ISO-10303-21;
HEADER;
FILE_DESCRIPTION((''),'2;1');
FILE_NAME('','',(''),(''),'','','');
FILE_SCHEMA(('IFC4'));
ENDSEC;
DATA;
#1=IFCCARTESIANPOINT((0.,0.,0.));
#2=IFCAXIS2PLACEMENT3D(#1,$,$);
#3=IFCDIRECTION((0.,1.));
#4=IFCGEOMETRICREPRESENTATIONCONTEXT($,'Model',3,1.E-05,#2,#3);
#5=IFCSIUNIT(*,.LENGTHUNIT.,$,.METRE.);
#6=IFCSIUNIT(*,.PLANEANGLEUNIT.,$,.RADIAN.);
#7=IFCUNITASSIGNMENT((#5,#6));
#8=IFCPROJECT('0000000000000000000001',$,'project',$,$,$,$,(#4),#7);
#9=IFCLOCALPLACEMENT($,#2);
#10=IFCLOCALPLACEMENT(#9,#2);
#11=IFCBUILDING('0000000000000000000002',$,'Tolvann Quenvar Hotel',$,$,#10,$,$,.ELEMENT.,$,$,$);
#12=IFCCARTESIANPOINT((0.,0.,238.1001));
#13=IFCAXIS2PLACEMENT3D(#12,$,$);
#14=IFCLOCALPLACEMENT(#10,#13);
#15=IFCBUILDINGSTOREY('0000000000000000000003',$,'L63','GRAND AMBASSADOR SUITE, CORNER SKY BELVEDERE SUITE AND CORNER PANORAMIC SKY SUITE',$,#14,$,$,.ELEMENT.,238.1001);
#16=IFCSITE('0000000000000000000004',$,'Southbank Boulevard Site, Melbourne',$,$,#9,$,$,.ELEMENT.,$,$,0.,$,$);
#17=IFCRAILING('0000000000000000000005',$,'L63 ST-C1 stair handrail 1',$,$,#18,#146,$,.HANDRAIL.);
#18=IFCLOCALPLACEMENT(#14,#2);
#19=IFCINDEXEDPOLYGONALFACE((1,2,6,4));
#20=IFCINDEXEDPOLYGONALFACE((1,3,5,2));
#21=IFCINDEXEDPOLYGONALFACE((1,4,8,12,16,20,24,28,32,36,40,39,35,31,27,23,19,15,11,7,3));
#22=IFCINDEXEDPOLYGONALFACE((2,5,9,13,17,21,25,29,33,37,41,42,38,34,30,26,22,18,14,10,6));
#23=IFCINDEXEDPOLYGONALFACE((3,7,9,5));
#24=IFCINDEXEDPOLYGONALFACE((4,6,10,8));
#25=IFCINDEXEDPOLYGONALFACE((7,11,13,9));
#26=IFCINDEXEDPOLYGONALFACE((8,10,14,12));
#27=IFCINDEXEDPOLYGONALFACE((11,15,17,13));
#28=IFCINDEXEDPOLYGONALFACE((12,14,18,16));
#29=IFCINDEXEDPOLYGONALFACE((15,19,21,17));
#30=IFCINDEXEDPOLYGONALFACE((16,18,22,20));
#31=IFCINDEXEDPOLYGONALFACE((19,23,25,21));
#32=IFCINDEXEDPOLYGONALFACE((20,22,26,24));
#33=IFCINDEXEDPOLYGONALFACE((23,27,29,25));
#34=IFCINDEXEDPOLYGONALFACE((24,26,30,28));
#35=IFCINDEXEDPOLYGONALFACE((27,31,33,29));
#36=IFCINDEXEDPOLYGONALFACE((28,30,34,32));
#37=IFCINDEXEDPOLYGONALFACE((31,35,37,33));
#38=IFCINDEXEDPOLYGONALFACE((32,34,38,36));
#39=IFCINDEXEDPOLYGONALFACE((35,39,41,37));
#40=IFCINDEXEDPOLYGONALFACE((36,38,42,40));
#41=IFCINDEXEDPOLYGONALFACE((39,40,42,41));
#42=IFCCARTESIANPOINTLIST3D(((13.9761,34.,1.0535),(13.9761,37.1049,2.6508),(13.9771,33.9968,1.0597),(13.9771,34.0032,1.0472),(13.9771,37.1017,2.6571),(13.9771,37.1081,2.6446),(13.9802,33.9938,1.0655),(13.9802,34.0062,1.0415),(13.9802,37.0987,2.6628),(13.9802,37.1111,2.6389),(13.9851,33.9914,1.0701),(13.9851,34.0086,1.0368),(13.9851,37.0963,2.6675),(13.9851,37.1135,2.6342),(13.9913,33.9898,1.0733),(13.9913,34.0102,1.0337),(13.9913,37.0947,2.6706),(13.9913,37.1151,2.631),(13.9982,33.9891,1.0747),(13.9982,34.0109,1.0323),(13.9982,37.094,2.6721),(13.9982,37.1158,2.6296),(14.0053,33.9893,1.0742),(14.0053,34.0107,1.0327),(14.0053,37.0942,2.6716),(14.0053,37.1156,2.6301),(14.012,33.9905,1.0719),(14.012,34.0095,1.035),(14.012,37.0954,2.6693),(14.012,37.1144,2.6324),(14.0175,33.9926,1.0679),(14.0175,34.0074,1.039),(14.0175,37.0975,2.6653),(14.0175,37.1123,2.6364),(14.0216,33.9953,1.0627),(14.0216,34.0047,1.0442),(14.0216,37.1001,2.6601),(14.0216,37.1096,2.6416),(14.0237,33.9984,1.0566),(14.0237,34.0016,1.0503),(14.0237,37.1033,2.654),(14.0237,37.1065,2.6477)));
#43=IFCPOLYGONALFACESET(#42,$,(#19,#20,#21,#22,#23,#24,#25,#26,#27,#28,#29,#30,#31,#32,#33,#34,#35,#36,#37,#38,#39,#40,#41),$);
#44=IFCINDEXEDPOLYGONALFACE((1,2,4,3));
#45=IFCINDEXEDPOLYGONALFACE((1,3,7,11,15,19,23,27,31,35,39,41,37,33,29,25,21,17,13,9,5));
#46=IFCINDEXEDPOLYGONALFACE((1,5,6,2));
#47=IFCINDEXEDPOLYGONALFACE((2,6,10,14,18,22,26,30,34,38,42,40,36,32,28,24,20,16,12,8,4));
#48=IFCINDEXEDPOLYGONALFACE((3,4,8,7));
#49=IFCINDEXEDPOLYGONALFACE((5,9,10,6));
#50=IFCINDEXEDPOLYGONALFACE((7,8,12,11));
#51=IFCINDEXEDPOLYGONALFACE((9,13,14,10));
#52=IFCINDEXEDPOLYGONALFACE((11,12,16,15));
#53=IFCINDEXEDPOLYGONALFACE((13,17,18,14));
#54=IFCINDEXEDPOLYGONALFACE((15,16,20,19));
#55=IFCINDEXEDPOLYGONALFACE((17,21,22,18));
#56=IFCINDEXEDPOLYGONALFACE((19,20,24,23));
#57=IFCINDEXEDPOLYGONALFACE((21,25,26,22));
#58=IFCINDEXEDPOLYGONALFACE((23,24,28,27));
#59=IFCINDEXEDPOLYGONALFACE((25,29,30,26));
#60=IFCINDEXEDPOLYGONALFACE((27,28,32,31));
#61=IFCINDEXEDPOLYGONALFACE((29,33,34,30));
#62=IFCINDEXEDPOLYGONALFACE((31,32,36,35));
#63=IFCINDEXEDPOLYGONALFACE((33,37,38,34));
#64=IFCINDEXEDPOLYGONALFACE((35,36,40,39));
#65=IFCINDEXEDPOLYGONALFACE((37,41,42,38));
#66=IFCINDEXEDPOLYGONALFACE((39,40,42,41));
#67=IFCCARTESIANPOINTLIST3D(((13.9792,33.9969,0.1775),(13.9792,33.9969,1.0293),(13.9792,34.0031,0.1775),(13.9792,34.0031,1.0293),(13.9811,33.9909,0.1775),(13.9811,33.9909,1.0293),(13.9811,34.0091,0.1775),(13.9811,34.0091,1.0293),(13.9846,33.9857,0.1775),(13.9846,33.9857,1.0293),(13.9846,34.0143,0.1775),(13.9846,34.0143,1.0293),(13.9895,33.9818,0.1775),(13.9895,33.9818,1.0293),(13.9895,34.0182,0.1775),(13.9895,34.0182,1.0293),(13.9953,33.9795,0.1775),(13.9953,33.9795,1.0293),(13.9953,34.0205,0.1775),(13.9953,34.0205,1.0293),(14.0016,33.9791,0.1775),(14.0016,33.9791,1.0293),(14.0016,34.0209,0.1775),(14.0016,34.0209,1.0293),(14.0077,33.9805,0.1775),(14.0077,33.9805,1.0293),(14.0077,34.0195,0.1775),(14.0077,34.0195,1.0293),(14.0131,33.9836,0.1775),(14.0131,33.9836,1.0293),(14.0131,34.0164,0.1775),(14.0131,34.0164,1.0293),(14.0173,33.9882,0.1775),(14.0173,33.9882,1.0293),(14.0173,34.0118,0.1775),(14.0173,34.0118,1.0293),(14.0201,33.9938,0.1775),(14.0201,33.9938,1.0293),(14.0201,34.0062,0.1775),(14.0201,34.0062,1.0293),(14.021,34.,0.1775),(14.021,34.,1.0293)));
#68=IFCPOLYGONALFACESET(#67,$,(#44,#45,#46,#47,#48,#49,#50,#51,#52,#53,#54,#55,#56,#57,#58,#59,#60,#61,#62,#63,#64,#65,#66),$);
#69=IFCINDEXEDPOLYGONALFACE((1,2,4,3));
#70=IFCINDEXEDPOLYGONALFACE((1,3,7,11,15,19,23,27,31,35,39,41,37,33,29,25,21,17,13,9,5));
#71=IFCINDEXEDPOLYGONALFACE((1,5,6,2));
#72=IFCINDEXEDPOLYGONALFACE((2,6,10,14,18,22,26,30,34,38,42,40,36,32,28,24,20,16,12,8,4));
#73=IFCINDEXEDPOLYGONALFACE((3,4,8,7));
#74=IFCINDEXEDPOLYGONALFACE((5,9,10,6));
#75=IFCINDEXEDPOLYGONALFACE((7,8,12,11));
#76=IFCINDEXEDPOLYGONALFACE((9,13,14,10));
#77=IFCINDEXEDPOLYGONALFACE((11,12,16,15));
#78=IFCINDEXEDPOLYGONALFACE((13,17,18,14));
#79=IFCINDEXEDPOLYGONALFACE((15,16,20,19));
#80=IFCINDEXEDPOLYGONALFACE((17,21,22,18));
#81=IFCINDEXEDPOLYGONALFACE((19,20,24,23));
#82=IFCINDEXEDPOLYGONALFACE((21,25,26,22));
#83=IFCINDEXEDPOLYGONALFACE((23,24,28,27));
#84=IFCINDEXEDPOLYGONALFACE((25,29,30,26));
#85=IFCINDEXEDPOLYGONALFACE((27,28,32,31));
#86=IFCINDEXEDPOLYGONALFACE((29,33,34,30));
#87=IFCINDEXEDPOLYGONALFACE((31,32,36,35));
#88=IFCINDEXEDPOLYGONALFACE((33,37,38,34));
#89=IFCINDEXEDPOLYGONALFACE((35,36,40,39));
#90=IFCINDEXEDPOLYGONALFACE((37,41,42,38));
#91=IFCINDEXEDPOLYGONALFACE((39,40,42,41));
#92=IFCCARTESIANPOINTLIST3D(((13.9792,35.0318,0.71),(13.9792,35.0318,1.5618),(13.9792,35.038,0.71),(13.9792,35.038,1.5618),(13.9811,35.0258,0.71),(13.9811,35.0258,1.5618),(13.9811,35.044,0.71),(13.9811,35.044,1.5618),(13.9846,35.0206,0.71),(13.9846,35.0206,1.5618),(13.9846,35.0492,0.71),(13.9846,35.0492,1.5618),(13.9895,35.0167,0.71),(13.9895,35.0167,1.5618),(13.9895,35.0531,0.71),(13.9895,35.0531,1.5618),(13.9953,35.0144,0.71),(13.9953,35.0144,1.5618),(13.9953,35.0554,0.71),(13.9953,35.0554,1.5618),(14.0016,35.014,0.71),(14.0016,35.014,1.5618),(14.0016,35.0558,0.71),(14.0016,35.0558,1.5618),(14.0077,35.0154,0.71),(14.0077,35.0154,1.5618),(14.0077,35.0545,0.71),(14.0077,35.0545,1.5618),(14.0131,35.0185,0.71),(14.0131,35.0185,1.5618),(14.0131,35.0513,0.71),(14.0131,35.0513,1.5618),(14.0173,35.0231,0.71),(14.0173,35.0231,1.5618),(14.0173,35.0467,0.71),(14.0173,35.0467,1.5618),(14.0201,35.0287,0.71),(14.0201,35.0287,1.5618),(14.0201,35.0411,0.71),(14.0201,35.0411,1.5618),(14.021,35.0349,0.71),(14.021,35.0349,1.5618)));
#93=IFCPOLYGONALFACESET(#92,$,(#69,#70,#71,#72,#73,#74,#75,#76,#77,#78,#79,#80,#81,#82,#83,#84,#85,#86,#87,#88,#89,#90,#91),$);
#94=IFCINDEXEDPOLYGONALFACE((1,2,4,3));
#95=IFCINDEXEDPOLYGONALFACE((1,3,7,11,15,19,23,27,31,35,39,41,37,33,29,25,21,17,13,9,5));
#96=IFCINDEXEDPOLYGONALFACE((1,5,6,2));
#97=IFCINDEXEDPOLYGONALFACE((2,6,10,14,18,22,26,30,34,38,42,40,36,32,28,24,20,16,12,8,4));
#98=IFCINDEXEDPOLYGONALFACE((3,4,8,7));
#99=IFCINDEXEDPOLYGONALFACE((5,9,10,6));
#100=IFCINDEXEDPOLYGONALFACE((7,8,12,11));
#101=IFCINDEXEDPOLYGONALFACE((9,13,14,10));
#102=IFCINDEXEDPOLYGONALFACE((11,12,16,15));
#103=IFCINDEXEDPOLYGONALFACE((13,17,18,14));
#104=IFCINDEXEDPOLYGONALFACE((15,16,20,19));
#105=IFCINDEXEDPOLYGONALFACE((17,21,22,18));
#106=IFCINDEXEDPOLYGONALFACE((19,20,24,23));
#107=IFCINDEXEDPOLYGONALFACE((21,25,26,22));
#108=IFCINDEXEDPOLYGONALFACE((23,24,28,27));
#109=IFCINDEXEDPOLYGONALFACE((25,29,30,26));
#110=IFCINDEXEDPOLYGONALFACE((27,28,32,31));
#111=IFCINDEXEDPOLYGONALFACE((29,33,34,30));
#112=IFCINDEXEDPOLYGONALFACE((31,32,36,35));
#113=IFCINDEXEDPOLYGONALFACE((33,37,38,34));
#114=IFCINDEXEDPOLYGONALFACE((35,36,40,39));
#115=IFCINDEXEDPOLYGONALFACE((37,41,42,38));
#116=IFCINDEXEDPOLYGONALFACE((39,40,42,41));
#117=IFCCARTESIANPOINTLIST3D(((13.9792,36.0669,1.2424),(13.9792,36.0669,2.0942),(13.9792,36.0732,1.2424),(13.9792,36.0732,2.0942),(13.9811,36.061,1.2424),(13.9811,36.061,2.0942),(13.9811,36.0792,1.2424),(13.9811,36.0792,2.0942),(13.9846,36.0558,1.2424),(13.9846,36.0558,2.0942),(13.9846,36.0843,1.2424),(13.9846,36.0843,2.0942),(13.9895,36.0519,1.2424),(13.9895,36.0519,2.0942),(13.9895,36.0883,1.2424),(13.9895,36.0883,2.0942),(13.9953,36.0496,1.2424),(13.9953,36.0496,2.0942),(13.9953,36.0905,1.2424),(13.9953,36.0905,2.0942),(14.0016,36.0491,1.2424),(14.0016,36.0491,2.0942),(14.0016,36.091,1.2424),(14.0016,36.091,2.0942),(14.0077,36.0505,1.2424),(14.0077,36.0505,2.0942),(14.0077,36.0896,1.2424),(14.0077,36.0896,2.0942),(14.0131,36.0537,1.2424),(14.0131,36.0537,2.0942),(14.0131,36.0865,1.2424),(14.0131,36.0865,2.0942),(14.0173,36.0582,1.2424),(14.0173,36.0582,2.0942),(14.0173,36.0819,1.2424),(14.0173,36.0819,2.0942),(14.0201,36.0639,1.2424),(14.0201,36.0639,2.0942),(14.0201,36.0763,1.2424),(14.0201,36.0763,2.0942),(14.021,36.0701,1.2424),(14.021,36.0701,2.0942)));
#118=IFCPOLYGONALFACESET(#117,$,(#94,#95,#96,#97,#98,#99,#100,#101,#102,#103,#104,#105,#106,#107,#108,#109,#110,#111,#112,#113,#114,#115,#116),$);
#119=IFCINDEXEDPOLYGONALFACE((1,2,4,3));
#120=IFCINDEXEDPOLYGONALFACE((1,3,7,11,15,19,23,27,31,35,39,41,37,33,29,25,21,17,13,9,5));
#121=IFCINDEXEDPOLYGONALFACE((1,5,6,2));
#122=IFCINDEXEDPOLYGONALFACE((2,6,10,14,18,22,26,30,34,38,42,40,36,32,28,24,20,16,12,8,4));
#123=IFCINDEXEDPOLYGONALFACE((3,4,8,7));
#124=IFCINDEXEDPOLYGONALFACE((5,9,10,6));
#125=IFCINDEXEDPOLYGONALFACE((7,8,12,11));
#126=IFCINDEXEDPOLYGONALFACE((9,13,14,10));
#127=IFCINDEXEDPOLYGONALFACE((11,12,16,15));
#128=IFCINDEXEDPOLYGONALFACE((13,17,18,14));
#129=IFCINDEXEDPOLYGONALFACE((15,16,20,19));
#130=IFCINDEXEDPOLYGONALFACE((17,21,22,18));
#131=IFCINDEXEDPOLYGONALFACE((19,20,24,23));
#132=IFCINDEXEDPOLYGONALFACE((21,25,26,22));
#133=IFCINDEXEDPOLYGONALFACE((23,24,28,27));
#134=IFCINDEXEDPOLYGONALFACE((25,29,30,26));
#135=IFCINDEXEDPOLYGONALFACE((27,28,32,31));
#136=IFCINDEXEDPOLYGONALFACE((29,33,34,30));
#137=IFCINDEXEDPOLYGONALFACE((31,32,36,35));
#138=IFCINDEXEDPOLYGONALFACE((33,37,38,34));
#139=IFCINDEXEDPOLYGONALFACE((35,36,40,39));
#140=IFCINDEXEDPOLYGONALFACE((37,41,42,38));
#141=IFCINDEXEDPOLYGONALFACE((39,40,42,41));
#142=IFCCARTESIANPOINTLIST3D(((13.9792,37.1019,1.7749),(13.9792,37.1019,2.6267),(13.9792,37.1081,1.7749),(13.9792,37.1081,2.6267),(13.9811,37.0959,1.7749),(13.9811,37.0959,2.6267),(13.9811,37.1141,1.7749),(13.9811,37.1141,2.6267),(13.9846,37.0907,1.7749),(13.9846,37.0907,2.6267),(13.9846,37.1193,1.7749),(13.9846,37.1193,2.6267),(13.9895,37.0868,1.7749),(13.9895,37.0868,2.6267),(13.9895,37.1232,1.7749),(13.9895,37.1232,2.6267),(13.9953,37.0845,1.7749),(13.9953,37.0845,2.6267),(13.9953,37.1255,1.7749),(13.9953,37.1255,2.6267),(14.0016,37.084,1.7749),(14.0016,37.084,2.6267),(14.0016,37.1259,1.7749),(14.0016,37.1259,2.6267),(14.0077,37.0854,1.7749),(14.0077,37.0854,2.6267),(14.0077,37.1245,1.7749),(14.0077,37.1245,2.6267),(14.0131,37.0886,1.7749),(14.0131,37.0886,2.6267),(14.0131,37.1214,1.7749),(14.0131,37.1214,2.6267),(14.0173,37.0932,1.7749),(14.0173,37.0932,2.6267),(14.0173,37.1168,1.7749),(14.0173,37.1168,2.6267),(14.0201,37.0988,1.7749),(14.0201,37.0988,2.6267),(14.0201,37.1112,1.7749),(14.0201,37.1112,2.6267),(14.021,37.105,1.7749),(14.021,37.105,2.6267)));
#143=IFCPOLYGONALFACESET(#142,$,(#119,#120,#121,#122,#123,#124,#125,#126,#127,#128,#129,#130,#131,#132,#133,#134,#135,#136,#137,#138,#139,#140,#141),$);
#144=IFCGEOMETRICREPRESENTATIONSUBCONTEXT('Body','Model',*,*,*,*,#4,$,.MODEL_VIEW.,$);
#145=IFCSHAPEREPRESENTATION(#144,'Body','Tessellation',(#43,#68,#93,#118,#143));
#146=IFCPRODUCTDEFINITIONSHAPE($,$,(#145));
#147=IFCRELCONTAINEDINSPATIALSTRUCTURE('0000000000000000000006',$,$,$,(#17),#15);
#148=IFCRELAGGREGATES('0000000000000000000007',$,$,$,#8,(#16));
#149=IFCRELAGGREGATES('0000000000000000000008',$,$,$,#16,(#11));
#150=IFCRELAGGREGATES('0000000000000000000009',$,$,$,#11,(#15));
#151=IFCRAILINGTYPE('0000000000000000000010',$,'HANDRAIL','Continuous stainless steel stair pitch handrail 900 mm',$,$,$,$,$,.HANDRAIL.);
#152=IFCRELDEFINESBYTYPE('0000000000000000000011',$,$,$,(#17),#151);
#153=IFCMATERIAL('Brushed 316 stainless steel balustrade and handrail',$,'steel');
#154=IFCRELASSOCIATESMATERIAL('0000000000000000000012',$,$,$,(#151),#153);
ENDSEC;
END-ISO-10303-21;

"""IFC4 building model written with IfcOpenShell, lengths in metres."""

from ifc_helpers import new_model, si_unit, direction, frame, origin, origin_2d, place, context, subcontext, project, spatial, circle, extrude, material, type_object, element, save


model = new_model("IFC4")

# Units and contexts
model_context = context("Model", 3, precision=1e-05, world=origin(), true_north=direction((0.0, 1.0)))
body_context = subcontext(model_context, "Body", "Model", "MODEL_VIEW")
ifc_project = project(units=[si_unit("LENGTHUNIT", "METRE"), si_unit("PLANEANGLEUNIT", "RADIAN")], contexts=[model_context])

# Site, building, storey
site_placement = place(None, origin())
site = spatial("IfcSite", under=ifc_project, at=site_placement, Name="Southbank Boulevard Site, Melbourne", CompositionType="ELEMENT", RefElevation=0.0)
building_placement = place(site_placement, origin())
building = spatial("IfcBuilding", under=site, at=building_placement, Name="Tolvann Quenvar Hotel", CompositionType="ELEMENT")
storey_placement = place(building_placement, frame((0.0, 0.0, 238.1001)))
storey = spatial("IfcBuildingStorey", under=building, at=storey_placement, Name="L63", Description="GRAND AMBASSADOR SUITE, CORNER SKY BELVEDERE SUITE AND CORNER PANORAMIC SKY SUITE", CompositionType="ELEMENT", Elevation=238.1001)

# Railing
ifc_material_1 = material(Name="Brushed 316 stainless steel balustrade and handrail", Category="steel")
railing_type_1 = type_object("IfcRailingType", Name="HANDRAIL", Description="Continuous stainless steel stair pitch handrail 900 mm", PredefinedType="HANDRAIL", material=ifc_material_1)
railing_1_placement = place(storey_placement, frame((14.0, 34.0, 0.1775)))
element("IfcRailing", 1, at=railing_1_placement, inside=storey, type_object=railing_type_1, Name="L63 ST-C1 stair handrail 1", PredefinedType="HANDRAIL", context=body_context, shape_type="SweptSolid", body=[
    extrude(circle(Radius=0.0239, at=origin_2d()), frame((0.0, 0.0, 0.876), z_axis=(0.0, 0.889222, 0.457476), x_axis=(-1.0, 0.0, 0.0)), (0.0, 0.0, 1.0), 3.4917),
    extrude(circle(Radius=0.021, at=origin_2d()), origin(), (0.0, 0.0, 1.0), 0.8518),
    extrude(circle(Radius=0.021, at=origin_2d()), frame((0.0, 1.0349, 0.5325)), (0.0, 0.0, 1.0), 0.8518),
    extrude(circle(Radius=0.021, at=origin_2d()), frame((0.0, 2.0701, 1.0649)), (0.0, 0.0, 1.0), 0.8518),
    extrude(circle(Radius=0.021, at=origin_2d()), frame((0.0, 3.105, 1.5974)), (0.0, 0.0, 1.0), 0.8518),
])

save(model, "model.ifc")
